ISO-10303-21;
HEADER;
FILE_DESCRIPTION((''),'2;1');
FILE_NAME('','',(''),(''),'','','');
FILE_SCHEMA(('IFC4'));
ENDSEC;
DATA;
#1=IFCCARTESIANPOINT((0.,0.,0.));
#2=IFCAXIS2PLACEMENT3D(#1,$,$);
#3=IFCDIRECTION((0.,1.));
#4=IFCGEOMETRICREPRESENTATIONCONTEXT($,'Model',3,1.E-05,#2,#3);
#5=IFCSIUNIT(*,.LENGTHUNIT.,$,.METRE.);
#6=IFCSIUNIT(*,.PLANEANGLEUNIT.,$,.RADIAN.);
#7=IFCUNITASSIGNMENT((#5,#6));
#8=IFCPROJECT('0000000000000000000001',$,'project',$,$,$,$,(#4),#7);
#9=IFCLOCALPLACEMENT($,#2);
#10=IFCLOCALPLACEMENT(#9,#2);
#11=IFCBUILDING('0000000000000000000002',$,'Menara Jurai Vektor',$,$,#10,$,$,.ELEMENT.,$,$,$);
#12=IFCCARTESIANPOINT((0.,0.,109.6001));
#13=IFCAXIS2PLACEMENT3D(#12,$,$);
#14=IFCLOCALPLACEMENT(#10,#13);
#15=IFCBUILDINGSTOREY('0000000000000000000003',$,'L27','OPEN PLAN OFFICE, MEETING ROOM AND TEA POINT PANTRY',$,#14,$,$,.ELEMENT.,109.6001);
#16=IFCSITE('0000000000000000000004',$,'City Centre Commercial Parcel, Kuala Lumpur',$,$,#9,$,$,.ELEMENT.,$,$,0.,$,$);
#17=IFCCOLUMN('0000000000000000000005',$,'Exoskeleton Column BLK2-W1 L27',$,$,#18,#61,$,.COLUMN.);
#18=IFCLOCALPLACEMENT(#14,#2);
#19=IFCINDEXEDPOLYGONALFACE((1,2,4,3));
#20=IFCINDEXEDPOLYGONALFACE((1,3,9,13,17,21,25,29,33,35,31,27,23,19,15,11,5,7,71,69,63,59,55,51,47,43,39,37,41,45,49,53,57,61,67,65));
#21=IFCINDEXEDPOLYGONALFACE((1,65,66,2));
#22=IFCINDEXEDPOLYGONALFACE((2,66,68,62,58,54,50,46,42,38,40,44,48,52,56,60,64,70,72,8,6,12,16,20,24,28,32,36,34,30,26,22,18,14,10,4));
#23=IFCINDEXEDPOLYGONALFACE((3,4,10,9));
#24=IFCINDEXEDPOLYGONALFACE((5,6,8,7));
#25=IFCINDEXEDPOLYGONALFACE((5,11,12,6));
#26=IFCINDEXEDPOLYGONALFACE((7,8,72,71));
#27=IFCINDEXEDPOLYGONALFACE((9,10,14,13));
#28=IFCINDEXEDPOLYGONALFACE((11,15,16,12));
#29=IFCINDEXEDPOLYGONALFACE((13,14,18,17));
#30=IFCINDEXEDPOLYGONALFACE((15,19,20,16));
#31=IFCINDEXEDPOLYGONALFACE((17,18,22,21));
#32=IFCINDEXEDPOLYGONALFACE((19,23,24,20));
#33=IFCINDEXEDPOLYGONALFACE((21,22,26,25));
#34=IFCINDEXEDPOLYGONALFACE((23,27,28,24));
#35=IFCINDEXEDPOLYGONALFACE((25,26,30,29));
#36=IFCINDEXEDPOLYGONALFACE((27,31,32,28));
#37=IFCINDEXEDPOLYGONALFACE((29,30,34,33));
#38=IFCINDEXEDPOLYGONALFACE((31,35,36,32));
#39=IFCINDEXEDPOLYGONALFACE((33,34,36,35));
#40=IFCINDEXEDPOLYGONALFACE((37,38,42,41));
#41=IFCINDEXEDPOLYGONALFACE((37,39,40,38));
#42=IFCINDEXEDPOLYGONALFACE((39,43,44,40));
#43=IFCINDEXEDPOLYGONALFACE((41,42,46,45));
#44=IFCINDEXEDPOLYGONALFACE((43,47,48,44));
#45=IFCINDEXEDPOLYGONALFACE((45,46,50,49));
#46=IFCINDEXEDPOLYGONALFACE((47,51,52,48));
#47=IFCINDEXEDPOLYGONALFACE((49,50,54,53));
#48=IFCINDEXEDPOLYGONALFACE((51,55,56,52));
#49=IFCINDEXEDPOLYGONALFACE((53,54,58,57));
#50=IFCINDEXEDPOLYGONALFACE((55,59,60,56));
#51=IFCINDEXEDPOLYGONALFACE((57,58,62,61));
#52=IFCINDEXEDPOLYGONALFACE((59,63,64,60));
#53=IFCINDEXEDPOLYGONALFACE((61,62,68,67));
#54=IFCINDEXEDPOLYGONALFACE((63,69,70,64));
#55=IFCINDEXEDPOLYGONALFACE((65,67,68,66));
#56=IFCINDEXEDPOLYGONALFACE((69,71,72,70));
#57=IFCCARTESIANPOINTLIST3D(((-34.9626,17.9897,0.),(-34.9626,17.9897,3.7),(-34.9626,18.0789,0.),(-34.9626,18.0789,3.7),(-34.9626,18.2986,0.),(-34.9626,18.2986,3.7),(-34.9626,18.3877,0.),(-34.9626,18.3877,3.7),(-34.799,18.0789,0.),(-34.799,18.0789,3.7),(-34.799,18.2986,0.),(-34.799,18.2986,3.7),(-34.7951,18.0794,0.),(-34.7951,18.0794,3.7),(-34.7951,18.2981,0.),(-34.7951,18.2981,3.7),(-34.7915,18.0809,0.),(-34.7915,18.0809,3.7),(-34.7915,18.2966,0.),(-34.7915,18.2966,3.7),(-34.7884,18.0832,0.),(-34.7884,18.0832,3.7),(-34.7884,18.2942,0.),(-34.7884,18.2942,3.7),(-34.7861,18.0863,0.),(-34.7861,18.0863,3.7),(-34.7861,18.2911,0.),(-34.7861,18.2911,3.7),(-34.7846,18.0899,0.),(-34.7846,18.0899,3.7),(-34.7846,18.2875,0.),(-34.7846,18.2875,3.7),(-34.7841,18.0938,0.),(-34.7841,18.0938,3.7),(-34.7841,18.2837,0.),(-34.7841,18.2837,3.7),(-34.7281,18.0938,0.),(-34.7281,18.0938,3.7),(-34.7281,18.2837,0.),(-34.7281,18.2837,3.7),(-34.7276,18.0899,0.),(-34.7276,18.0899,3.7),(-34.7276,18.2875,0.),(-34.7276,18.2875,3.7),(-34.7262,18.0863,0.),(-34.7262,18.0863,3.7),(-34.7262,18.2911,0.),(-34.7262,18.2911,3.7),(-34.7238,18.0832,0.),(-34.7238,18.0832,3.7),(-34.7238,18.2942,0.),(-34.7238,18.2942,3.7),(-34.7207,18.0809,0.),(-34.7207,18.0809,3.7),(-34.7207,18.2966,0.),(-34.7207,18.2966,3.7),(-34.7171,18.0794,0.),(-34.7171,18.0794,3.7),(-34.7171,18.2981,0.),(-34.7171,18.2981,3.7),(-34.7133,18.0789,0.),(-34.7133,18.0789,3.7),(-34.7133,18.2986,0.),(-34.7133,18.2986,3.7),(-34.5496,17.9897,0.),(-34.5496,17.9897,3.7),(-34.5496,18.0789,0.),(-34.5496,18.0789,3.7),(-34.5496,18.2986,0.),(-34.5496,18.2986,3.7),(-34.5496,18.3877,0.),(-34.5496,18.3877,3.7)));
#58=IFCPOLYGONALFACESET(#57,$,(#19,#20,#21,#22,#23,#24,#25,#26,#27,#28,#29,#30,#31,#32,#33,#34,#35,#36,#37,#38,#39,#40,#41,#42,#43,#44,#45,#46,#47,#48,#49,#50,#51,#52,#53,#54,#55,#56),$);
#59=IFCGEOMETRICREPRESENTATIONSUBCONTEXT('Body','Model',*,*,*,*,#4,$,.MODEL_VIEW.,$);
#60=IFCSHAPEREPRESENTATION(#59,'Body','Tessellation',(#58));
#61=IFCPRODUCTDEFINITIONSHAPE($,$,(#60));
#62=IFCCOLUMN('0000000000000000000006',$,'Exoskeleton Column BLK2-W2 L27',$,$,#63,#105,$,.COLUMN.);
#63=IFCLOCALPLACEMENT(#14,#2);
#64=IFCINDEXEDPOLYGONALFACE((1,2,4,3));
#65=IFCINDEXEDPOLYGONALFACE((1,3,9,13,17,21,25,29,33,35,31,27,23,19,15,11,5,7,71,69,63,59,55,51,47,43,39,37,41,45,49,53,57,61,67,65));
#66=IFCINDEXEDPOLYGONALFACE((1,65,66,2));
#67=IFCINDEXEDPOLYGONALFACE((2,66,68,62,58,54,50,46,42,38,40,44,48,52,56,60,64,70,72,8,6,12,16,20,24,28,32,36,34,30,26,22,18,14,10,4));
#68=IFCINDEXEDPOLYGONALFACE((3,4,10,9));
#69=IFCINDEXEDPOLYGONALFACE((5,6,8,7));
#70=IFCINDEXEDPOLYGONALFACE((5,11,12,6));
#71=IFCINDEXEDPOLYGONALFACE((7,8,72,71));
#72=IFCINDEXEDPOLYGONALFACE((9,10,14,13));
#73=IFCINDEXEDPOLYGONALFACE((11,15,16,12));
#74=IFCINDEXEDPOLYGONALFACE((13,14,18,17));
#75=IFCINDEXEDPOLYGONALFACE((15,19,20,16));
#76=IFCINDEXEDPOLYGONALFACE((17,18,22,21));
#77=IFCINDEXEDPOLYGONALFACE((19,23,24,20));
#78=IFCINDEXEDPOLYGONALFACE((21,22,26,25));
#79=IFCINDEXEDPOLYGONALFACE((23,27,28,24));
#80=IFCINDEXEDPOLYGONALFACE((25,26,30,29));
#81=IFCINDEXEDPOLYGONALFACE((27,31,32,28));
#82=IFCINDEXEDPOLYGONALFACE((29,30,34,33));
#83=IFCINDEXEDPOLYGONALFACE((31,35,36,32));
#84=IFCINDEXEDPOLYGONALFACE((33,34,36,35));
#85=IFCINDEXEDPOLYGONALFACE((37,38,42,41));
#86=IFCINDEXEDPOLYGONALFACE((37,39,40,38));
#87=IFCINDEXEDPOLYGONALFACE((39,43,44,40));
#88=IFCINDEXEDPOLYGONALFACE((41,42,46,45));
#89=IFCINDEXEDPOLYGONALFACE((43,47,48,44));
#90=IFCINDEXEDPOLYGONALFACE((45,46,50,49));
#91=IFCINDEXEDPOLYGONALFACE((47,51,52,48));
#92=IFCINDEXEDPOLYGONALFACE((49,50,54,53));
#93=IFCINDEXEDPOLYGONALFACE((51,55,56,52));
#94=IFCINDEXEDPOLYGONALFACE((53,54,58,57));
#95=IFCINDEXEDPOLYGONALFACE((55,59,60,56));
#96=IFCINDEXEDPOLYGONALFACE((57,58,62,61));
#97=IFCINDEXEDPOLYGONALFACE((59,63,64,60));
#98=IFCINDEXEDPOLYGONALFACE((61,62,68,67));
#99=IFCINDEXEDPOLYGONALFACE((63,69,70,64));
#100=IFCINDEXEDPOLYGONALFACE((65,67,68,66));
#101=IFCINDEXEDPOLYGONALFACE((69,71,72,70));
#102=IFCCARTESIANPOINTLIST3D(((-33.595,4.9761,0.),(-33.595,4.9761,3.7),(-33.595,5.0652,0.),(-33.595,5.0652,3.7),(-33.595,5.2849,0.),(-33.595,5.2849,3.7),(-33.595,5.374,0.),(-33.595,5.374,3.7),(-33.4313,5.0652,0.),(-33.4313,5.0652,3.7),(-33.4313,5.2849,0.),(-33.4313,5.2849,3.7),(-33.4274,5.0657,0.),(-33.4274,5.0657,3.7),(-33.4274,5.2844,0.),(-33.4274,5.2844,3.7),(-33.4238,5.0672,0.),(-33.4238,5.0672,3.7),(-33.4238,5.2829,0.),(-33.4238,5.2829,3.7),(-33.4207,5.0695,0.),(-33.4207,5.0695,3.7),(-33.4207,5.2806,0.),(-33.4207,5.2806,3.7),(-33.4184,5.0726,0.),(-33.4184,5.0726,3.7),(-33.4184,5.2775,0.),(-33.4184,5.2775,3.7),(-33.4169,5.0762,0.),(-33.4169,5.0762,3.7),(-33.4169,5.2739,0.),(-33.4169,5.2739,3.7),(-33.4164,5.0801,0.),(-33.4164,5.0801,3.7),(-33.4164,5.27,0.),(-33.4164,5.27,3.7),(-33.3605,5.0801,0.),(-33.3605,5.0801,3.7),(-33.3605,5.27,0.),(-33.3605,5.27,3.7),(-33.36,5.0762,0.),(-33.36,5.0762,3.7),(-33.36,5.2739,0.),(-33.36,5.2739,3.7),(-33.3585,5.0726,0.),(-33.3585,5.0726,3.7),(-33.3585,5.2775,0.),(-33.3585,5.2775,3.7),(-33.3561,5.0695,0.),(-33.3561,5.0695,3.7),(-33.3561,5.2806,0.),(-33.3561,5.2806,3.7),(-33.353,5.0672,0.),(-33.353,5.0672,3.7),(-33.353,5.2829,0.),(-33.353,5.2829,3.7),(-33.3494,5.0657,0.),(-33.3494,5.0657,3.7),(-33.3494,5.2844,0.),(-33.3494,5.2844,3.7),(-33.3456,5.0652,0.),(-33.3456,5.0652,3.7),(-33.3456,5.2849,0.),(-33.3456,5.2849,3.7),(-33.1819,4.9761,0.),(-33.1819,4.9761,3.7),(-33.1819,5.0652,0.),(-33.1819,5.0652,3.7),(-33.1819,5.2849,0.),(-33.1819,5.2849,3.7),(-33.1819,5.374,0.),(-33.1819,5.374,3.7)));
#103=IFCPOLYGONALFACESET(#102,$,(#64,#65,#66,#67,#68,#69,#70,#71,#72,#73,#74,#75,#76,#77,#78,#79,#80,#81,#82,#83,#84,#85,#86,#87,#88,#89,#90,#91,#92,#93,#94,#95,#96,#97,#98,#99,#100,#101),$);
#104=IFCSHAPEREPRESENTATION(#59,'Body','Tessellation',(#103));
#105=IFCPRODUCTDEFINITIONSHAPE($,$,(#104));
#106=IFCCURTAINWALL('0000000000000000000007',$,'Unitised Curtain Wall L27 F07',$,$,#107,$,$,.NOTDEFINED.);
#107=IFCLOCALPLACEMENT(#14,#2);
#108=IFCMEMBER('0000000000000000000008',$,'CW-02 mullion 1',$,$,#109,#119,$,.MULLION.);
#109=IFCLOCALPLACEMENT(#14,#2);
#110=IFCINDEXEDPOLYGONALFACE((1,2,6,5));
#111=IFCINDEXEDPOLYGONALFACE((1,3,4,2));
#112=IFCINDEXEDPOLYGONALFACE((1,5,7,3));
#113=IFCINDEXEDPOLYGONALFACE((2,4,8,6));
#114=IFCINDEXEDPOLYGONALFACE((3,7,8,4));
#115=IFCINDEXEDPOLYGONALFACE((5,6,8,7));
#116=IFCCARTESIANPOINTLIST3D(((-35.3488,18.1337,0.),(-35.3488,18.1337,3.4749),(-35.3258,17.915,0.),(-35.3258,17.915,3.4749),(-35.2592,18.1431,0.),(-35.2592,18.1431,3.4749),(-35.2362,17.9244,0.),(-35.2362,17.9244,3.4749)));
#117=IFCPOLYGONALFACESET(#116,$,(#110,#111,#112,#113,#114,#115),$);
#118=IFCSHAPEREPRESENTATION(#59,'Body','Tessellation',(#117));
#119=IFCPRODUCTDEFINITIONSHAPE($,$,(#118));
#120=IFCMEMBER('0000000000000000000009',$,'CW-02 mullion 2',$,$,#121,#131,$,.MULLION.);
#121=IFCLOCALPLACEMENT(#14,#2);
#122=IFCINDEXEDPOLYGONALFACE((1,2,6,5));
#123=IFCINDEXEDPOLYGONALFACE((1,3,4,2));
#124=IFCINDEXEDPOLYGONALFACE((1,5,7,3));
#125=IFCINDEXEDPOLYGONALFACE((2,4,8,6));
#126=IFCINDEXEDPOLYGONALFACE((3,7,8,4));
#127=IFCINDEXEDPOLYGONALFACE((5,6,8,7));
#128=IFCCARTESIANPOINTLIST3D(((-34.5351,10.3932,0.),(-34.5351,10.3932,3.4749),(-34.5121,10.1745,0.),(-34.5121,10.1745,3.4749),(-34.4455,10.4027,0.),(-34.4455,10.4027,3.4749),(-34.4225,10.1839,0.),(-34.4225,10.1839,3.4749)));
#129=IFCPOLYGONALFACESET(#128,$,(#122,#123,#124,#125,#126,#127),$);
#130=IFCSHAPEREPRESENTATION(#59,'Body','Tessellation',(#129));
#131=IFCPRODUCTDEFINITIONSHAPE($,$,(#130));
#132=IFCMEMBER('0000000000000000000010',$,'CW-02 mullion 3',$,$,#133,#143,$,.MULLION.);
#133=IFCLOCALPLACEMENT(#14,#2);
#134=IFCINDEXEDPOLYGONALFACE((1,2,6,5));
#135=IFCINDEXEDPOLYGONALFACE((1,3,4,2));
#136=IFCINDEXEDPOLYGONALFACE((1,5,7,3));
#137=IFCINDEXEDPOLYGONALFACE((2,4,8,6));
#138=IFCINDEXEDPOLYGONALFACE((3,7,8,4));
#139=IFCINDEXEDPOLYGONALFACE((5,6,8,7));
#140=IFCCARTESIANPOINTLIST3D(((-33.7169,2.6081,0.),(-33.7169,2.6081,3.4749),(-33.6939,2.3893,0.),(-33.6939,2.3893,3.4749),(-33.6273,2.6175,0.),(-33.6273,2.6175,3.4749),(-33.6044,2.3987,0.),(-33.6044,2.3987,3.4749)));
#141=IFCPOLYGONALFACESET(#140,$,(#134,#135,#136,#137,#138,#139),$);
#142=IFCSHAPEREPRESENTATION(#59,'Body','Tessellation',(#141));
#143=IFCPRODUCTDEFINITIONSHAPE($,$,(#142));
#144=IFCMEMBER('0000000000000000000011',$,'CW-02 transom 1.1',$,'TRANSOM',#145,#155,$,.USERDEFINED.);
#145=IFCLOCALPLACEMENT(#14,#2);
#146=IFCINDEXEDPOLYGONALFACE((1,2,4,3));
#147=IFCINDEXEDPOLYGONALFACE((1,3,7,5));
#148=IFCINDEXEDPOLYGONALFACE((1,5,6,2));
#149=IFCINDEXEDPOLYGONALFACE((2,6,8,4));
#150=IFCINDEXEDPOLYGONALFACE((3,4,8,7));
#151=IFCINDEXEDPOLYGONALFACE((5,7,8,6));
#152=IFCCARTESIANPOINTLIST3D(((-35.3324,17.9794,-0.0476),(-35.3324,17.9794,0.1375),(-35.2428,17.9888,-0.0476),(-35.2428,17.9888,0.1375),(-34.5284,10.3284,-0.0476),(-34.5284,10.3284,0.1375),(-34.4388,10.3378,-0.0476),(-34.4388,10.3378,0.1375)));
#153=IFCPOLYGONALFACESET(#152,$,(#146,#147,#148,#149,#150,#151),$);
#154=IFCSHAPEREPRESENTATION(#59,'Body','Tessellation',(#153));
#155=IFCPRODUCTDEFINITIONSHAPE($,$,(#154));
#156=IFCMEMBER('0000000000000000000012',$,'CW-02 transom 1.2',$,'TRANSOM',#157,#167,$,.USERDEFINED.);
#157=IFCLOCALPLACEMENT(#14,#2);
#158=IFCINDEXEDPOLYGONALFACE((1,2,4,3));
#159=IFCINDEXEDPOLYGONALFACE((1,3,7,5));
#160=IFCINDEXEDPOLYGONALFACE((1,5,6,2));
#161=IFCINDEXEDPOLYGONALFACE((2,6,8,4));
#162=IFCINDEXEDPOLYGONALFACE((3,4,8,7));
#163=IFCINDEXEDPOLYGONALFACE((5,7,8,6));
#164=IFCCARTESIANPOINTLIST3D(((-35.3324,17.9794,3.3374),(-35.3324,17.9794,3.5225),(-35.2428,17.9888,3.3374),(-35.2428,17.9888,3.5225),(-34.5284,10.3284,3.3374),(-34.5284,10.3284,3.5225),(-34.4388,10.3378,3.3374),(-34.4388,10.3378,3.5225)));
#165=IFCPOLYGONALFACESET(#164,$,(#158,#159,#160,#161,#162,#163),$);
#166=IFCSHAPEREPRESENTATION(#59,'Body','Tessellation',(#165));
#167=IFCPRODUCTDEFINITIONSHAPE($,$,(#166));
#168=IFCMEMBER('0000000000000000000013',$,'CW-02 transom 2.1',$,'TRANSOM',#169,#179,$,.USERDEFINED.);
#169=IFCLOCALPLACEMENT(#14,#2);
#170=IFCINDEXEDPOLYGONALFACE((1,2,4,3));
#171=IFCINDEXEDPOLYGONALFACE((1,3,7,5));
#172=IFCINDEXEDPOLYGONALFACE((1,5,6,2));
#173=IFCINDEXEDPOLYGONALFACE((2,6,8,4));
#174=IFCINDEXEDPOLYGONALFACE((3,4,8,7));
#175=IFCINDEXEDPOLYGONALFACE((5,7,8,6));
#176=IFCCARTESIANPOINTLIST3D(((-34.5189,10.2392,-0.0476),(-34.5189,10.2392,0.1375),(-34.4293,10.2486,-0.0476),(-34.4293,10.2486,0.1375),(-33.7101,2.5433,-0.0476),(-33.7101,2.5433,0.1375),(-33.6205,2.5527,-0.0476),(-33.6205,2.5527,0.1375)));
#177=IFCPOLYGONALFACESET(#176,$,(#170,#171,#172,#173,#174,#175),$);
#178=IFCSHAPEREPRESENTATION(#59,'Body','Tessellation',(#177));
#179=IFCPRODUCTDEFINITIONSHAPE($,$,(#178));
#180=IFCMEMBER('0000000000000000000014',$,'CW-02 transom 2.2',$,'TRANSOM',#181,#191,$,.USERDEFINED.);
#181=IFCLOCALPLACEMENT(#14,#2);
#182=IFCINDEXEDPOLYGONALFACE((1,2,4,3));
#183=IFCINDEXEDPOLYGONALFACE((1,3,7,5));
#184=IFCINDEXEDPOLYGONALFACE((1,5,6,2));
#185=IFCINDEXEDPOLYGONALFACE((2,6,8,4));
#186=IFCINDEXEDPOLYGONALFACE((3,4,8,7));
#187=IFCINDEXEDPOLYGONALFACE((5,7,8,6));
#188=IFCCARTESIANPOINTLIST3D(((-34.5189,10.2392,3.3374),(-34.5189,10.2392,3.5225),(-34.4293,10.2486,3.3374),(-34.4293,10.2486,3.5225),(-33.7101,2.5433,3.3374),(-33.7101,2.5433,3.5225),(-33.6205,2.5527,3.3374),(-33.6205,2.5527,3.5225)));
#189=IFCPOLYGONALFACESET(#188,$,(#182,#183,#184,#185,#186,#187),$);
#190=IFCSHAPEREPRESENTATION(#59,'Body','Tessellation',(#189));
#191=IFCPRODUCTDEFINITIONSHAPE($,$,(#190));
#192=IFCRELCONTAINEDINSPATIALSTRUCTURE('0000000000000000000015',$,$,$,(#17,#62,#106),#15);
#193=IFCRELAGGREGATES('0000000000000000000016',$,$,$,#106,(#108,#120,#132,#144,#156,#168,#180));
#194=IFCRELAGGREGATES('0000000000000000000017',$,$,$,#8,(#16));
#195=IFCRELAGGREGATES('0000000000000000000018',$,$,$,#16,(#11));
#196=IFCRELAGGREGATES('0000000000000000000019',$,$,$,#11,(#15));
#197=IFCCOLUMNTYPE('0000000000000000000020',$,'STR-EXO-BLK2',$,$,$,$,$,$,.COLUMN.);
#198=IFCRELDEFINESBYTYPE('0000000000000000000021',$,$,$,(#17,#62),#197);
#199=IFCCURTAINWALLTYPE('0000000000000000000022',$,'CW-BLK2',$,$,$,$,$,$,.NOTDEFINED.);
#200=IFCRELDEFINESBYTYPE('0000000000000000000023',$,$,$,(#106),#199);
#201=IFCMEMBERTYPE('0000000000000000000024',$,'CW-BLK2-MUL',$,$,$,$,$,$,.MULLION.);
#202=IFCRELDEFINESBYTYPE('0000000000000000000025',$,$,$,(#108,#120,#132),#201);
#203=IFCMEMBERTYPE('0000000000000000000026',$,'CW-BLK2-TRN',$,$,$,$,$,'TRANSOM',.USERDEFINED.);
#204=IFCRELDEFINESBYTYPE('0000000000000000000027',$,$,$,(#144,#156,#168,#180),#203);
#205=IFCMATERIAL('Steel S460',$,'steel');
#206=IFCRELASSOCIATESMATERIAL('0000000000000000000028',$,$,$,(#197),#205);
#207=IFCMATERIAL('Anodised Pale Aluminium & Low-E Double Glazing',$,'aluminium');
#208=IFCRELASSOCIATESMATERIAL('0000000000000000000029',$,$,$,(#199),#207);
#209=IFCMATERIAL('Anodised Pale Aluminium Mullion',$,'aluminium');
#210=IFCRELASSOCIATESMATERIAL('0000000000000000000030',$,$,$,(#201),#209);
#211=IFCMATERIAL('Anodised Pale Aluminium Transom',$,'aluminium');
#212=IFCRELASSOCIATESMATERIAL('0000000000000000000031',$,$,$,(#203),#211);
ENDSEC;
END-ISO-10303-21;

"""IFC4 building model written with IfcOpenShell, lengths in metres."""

from ifc_helpers import new_model, si_unit, direction, frame, origin, origin_2d, place, context, subcontext, project, spatial, rectangle, i_section, extrude, material, material_profile, profile_set, type_object, element, aggregate, save


model = new_model("IFC4")

# Units and contexts
model_context = context("Model", 3, precision=1e-05, world=origin(), true_north=direction((0.0, 1.0)))
body_context = subcontext(model_context, "Body", "Model", "MODEL_VIEW")
ifc_project = project(units=[si_unit("LENGTHUNIT", "METRE"), si_unit("PLANEANGLEUNIT", "RADIAN")], contexts=[model_context])

# Site, building, storey
site_placement = place(None, origin())
site = spatial("IfcSite", under=ifc_project, at=site_placement, Name="City Centre Commercial Parcel, Kuala Lumpur", CompositionType="ELEMENT", RefElevation=0.0)
building_placement = place(site_placement, origin())
building = spatial("IfcBuilding", under=site, at=building_placement, Name="Menara Jurai Vektor", CompositionType="ELEMENT")
storey_placement = place(building_placement, frame((0.0, 0.0, 109.6001)))
storey = spatial("IfcBuildingStorey", under=building, at=storey_placement, Name="L27", Description="OPEN PLAN OFFICE, MEETING ROOM AND TEA POINT PANTRY", CompositionType="ELEMENT", Elevation=109.6001)

# Columns
ifc_material_1 = material(Name="Steel S460", Category="steel")
ifc_material_profile_1 = material_profile(ifc_material_1, i_section(OverallWidth=0.4131, OverallDepth=0.3979, WebThickness=0.0559, FlangeThickness=0.0891, FilletRadius=0.0149, at=origin_2d()), Name="HD 400x744")
ifc_profile_set_1 = profile_set([ifc_material_profile_1], Name="Steel S460")
column_type = type_object("IfcColumnType", Name="STR-EXO-BLK2", PredefinedType="COLUMN", material=ifc_profile_set_1)
for number, where, z_axis, x_axis, name in (
    (1, (-34.7561, 18.1887, 0.0), (0.0, 0.0, 1.0), (1.0, 0.0, 0.0), "Exoskeleton Column BLK2-W1 L27"),
    (2, (-33.3884, 5.175, 0.0), (0.0, 0.0, 1.0), (1.0, 0.0, 0.0), "Exoskeleton Column BLK2-W2 L27"),
):
    element("IfcColumn", number, at=place(storey_placement, frame(where, z_axis=z_axis, x_axis=x_axis)), inside=storey, type_object=column_type, Name=name, PredefinedType="COLUMN", context=body_context, shape_type="SweptSolid", body=[
        extrude(i_section(OverallWidth=0.4131, OverallDepth=0.3979, WebThickness=0.0559, FlangeThickness=0.0891, FilletRadius=0.0149, at=origin_2d()), origin(), (0.0, 0.0, 1.0), 3.7),
    ])

# Curtain wall, members
ifc_material_2 = material(Name="Anodised Pale Aluminium & Low-E Double Glazing", Category="aluminium")
curtain_wall_type = type_object("IfcCurtainWallType", Name="CW-BLK2", PredefinedType="NOTDEFINED", material=ifc_material_2)
curtain_wall_placement = place(storey_placement, origin())
curtain_wall = element("IfcCurtainWall", 3, at=curtain_wall_placement, inside=storey, type_object=curtain_wall_type, Name="Unitised Curtain Wall L27 F07", PredefinedType="NOTDEFINED")
ifc_material_3 = material(Name="Anodised Pale Aluminium Mullion", Category="aluminium")
ifc_material_profile_2 = material_profile(ifc_material_3, rectangle(XDim=0.0901, YDim=0.22, at=origin_2d()), Name="ALU MUL 90x220")
ifc_profile_set_2 = profile_set([ifc_material_profile_2], Name="Anodised Pale Aluminium Mullion")
member_type_1 = type_object("IfcMemberType", Name="CW-BLK2-MUL", PredefinedType="MULLION", material=ifc_profile_set_2)
member_1_placement = place(storey_placement, frame((-35.2925, 18.0291, 0.0), z_axis=(0.0, 0.0, 1.0), x_axis=(0.994522, 0.10453, 0.0)))
member_1 = element("IfcMember", 4, at=member_1_placement, type_object=member_type_1, Name="CW-02 mullion 1", PredefinedType="MULLION", context=body_context, shape_type="SweptSolid", body=[
    extrude(rectangle(XDim=0.0901, YDim=0.22, at=origin_2d()), origin(), (0.0, 0.0, 1.0), 3.4749),
])
member_2_placement = place(storey_placement, frame((-34.4788, 10.2886, 0.0), z_axis=(0.0, 0.0, 1.0), x_axis=(0.994522, 0.10453, 0.0)))
member_2 = element("IfcMember", 5, at=member_2_placement, type_object=member_type_1, Name="CW-02 mullion 2", PredefinedType="MULLION", context=body_context, shape_type="SweptSolid", body=[
    extrude(rectangle(XDim=0.0901, YDim=0.22, at=origin_2d()), origin(), (0.0, 0.0, 1.0), 3.4749),
])
member_3_placement = place(storey_placement, frame((-33.6606, 2.5034, 0.0), z_axis=(0.0, 0.0, 1.0), x_axis=(0.994522, 0.10453, 0.0)))
member_3 = element("IfcMember", 6, at=member_3_placement, type_object=member_type_1, Name="CW-02 mullion 3", PredefinedType="MULLION", context=body_context, shape_type="SweptSolid", body=[
    extrude(rectangle(XDim=0.0901, YDim=0.22, at=origin_2d()), origin(), (0.0, 0.0, 1.0), 3.4749),
])
ifc_material_4 = material(Name="Anodised Pale Aluminium Transom", Category="aluminium")
ifc_material_profile_3 = material_profile(ifc_material_4, rectangle(XDim=0.0901, YDim=0.1851, at=origin_2d()), Name="ALU TRN 90x185")
ifc_profile_set_3 = profile_set([ifc_material_profile_3], Name="Anodised Pale Aluminium Transom")
member_type_2 = type_object("IfcMemberType", Name="CW-BLK2-TRN", ElementType="TRANSOM", PredefinedType="USERDEFINED", material=ifc_profile_set_3)
member_4_placement = place(storey_placement, frame((-35.2876, 17.9841, 0.0449), z_axis=(0.104505, -0.994524, 0.0), x_axis=(0.994524, 0.104505, 0.0)))
member_4 = element("IfcMember", 7, at=member_4_placement, type_object=member_type_2, Name="CW-02 transom 1.1", ObjectType="TRANSOM", PredefinedType="USERDEFINED", context=body_context, shape_type="SweptSolid", body=[
    extrude(rectangle(XDim=0.0901, YDim=0.1851, at=origin_2d()), origin(), (0.0, 0.0, 1.0), 7.6931),
])
member_5_placement = place(storey_placement, frame((-35.2876, 17.9841, 3.4299), z_axis=(0.104505, -0.994524, 0.0), x_axis=(0.994524, 0.104505, 0.0)))
member_5 = element("IfcMember", 8, at=member_5_placement, type_object=member_type_2, Name="CW-02 transom 1.2", ObjectType="TRANSOM", PredefinedType="USERDEFINED", context=body_context, shape_type="SweptSolid", body=[
    extrude(rectangle(XDim=0.0901, YDim=0.1851, at=origin_2d()), origin(), (0.0, 0.0, 1.0), 7.6931),
])
member_6_placement = place(storey_placement, frame((-34.4741, 10.2439, 0.0449), z_axis=(0.104525, -0.994522, 0.0), x_axis=(0.994522, 0.104525, 0.0)))
member_6 = element("IfcMember", 9, at=member_6_placement, type_object=member_type_2, Name="CW-02 transom 2.1", ObjectType="TRANSOM", PredefinedType="USERDEFINED", context=body_context, shape_type="SweptSolid", body=[
    extrude(rectangle(XDim=0.0901, YDim=0.1851, at=origin_2d()), origin(), (0.0, 0.0, 1.0), 7.7383),
])
member_7_placement = place(storey_placement, frame((-34.4741, 10.2439, 3.4299), z_axis=(0.104525, -0.994522, 0.0), x_axis=(0.994522, 0.104525, 0.0)))
member_7 = element("IfcMember", 10, at=member_7_placement, type_object=member_type_2, Name="CW-02 transom 2.2", ObjectType="TRANSOM", PredefinedType="USERDEFINED", context=body_context, shape_type="SweptSolid", body=[
    extrude(rectangle(XDim=0.0901, YDim=0.1851, at=origin_2d()), origin(), (0.0, 0.0, 1.0), 7.7383),
])

aggregate(curtain_wall, [member_1, member_2, member_3, member_4, member_5, member_6, member_7])

save(model, "model.ifc")
